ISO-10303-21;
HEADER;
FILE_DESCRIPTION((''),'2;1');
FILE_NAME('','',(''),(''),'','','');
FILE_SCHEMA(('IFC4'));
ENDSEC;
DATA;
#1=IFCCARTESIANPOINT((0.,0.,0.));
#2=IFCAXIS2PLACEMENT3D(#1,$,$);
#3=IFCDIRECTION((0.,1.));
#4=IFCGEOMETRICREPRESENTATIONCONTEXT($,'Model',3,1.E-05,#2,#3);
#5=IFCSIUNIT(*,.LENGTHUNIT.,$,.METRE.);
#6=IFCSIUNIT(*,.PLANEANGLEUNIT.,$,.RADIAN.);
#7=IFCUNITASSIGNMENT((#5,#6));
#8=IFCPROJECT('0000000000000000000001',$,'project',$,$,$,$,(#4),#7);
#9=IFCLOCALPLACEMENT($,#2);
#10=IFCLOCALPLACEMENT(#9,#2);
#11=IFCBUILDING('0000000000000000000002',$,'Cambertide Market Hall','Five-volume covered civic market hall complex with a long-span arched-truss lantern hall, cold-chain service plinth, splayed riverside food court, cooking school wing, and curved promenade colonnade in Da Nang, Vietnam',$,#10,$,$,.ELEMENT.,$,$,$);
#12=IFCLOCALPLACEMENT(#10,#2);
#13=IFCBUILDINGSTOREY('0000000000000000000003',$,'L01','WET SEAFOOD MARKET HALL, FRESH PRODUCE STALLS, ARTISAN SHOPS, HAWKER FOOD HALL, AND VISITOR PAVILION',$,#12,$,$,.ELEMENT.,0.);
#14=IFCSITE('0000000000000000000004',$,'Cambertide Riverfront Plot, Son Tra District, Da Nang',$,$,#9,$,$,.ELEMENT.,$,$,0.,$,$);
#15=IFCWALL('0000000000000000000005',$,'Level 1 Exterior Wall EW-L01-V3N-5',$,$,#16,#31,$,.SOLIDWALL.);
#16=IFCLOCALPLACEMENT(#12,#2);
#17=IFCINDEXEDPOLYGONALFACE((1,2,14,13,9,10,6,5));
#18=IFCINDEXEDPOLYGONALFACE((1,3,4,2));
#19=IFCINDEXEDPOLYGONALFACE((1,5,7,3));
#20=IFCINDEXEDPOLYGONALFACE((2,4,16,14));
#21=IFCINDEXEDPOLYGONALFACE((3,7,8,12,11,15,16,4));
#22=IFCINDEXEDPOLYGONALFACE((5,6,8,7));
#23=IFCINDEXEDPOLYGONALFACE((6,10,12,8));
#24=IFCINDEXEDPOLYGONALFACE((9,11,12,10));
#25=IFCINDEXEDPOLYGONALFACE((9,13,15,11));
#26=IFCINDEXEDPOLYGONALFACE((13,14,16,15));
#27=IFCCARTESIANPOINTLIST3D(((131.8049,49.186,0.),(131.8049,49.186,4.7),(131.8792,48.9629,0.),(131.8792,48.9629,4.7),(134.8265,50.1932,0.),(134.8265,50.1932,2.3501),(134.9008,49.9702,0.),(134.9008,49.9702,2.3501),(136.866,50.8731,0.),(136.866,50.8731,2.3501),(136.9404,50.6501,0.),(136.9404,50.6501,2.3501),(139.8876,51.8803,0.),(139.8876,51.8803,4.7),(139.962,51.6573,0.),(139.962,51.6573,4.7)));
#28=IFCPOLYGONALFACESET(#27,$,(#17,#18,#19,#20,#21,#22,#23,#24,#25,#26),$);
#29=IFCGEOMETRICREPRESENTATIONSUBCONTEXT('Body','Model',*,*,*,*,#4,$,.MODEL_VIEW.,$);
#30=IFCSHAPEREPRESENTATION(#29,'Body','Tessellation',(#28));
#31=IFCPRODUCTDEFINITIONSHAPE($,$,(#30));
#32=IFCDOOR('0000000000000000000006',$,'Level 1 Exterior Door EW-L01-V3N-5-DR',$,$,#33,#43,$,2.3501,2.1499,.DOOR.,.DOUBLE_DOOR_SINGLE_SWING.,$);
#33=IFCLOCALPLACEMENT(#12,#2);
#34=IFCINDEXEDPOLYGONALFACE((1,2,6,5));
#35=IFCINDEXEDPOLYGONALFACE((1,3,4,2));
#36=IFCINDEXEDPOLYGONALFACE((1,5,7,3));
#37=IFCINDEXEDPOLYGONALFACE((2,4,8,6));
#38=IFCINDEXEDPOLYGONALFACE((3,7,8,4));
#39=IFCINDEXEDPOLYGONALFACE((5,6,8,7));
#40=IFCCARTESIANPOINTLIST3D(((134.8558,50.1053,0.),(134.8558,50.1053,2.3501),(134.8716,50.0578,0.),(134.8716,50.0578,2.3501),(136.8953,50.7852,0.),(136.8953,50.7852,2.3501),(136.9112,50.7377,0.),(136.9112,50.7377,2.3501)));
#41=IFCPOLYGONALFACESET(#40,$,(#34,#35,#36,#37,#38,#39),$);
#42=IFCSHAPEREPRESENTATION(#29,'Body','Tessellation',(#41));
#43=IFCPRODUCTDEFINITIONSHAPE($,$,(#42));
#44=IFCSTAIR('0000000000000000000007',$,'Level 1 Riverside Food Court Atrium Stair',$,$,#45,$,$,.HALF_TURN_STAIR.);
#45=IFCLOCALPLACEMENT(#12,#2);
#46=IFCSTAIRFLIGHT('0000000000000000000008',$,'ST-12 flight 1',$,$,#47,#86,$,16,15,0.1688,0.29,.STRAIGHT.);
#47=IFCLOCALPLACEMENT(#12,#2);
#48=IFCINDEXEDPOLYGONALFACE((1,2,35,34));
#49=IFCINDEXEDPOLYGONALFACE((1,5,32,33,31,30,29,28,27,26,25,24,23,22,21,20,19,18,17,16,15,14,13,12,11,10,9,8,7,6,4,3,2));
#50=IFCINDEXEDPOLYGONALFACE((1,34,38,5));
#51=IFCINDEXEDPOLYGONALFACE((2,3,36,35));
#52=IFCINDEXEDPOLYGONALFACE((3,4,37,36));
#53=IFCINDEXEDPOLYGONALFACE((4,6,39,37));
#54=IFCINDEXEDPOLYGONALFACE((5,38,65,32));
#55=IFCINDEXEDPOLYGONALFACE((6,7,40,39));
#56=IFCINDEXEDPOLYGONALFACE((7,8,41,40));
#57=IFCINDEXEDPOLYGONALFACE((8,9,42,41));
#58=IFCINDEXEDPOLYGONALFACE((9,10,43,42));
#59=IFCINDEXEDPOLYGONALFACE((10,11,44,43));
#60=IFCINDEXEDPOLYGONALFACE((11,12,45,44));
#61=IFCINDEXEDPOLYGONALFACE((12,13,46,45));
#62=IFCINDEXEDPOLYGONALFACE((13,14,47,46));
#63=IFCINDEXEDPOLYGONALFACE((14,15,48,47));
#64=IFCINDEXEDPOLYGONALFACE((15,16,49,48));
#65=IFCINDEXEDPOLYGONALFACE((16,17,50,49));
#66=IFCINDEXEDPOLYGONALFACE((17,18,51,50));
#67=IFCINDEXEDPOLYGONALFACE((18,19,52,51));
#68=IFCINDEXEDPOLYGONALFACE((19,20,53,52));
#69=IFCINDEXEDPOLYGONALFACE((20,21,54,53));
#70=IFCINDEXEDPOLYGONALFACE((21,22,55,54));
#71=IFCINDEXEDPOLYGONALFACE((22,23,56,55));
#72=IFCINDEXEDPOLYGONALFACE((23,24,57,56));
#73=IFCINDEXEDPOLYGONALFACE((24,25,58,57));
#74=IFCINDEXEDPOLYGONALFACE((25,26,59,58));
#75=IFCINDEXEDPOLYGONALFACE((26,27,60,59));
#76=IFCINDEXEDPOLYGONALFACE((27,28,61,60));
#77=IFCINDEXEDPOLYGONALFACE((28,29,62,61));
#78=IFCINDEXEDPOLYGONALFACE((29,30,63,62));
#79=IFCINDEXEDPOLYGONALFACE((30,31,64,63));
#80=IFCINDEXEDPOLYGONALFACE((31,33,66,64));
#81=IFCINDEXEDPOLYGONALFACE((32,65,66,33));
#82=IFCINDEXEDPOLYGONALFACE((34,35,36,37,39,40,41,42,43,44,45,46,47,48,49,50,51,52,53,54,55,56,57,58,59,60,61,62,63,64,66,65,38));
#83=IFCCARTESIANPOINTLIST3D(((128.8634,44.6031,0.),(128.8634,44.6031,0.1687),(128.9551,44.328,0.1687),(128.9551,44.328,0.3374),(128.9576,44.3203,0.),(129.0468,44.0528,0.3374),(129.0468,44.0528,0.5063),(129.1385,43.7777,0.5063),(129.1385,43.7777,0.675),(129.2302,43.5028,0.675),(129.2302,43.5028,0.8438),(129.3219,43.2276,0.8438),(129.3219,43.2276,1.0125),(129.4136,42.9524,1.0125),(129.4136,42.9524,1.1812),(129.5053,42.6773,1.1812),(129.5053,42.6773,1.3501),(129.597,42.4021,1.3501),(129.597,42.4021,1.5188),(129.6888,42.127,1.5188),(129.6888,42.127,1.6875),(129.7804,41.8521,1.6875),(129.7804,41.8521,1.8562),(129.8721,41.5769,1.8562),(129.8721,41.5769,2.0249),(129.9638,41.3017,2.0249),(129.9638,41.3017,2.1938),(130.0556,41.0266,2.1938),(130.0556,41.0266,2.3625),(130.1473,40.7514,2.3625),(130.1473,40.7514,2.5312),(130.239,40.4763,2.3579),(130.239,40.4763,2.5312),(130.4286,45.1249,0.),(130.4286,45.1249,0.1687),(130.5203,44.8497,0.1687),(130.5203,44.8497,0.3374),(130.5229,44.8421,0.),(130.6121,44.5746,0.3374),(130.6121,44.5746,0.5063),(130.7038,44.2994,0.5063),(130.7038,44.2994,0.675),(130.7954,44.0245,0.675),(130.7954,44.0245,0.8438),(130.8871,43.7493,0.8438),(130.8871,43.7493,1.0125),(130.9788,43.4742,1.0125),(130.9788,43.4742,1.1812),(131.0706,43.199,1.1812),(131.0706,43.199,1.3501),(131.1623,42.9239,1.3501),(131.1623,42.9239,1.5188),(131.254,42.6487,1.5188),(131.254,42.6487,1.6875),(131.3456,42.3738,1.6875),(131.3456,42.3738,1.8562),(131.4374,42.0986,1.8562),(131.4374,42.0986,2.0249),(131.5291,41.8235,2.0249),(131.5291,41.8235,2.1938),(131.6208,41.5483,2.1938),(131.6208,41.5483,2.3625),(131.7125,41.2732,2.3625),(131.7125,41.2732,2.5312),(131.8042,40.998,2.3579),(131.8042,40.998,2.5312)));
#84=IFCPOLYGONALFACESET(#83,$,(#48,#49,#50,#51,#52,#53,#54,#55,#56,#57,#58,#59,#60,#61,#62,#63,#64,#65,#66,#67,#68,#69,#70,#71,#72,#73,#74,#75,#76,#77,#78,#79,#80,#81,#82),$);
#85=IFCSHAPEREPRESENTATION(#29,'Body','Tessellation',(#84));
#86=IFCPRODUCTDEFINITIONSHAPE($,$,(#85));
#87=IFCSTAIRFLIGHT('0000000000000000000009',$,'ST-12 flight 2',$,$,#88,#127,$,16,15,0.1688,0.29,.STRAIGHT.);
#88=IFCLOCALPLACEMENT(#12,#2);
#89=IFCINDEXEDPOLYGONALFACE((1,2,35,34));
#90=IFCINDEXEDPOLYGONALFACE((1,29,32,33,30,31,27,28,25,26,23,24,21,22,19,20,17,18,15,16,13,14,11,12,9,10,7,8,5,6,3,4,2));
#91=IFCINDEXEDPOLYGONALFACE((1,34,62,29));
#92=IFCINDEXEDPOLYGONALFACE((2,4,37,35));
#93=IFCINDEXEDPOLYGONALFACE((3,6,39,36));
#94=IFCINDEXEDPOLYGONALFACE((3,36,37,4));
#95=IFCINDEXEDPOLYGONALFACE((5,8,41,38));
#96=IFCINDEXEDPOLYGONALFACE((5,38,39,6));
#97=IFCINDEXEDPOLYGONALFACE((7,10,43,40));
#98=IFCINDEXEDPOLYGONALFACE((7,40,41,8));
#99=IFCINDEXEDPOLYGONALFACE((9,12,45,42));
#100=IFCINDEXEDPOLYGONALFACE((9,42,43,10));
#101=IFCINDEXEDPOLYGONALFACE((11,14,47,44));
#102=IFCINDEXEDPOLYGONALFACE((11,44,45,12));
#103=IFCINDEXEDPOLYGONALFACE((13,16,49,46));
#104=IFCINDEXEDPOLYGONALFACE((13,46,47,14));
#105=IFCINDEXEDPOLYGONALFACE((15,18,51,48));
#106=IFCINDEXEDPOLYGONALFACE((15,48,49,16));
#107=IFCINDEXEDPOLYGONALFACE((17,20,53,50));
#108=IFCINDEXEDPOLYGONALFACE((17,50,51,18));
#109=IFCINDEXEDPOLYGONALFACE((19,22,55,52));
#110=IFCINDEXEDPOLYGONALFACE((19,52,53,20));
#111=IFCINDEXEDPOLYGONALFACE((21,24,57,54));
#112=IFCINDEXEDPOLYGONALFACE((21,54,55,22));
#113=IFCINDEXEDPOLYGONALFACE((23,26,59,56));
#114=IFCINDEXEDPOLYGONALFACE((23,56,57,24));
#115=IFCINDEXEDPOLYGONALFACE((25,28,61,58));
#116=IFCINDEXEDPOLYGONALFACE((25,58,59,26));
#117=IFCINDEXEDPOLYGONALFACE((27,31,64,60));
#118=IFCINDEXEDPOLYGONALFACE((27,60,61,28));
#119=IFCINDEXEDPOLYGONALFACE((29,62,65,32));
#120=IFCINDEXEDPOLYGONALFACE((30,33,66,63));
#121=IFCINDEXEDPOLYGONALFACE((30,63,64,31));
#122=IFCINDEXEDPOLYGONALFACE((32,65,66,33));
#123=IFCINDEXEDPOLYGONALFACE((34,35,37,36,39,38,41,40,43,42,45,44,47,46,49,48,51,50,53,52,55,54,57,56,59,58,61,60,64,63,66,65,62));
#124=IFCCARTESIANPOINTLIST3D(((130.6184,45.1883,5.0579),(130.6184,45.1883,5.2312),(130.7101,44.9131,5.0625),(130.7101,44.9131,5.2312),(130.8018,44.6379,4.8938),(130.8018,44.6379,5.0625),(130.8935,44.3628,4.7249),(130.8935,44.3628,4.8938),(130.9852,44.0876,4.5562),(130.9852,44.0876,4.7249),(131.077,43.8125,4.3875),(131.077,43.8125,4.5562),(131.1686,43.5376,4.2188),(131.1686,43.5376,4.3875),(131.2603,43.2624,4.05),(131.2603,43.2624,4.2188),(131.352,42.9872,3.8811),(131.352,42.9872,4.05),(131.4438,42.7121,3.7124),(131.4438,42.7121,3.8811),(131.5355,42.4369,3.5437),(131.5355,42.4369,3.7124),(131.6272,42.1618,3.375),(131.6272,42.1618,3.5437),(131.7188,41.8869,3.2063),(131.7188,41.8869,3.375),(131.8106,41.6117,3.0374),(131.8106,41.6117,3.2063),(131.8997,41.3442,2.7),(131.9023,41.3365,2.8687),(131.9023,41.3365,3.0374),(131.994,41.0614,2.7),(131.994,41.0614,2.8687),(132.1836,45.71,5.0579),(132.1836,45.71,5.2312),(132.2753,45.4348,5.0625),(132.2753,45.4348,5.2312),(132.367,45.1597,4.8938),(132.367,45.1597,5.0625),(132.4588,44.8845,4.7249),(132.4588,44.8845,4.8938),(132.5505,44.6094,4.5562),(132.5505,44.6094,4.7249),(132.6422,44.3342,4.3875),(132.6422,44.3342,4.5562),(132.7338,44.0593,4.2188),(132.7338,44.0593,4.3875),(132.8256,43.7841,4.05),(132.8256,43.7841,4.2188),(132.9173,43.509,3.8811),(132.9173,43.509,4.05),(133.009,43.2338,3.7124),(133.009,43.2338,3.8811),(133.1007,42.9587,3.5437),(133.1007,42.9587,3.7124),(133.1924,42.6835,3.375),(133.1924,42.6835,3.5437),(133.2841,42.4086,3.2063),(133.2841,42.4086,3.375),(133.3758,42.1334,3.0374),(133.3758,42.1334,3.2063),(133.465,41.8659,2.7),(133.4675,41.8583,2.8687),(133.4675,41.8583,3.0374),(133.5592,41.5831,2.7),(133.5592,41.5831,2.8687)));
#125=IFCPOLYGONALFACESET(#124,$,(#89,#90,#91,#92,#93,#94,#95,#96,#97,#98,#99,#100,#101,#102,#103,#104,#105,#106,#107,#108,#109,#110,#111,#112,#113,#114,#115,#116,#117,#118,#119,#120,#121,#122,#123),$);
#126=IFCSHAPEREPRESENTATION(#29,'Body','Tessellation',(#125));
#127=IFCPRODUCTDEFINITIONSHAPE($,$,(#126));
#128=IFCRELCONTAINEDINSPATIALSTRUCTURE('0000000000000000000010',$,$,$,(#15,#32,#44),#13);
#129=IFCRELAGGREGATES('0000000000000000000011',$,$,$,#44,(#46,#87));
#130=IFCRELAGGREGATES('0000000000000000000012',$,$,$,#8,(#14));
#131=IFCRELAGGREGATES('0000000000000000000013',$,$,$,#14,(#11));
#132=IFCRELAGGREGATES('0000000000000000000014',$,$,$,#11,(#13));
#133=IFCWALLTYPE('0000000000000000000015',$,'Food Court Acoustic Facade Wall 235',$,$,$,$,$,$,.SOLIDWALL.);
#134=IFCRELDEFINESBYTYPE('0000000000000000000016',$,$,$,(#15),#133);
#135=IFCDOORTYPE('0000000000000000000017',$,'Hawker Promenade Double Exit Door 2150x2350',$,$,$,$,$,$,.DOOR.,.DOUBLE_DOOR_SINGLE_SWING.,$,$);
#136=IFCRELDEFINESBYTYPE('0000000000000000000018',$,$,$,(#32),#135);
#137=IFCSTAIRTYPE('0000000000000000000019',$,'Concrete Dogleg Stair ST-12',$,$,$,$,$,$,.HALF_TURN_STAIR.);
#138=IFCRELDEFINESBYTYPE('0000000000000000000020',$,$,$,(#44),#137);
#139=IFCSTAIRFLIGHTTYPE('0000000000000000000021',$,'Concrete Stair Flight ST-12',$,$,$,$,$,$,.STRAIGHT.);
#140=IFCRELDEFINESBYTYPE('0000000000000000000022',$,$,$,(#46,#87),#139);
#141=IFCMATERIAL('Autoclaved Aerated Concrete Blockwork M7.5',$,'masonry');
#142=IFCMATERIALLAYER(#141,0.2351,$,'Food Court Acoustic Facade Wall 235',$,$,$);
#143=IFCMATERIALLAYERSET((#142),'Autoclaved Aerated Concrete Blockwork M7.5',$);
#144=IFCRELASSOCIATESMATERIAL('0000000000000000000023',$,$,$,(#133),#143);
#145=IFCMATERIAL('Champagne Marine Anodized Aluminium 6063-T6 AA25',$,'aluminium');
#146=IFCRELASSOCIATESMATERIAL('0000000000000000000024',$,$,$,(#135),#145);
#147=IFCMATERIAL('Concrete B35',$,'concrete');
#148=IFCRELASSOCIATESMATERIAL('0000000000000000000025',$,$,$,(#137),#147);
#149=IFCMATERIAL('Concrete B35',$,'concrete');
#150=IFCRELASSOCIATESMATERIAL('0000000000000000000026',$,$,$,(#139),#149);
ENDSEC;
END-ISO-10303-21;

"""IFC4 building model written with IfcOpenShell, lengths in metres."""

from ifc_helpers import new_model, si_unit, direction, frame, frame_2d, origin, place, context, subcontext, project, spatial, polyline, rectangle, outline, extrude, material, layer, layer_set, type_object, element, fill, aggregate, save


model = new_model("IFC4")

# Units and contexts
model_context = context("Model", 3, precision=1e-05, world=origin(), true_north=direction((0.0, 1.0)))
body_context = subcontext(model_context, "Body", "Model", "MODEL_VIEW")
ifc_project = project(units=[si_unit("LENGTHUNIT", "METRE"), si_unit("PLANEANGLEUNIT", "RADIAN")], contexts=[model_context])

# Site, building, storey
site_placement = place(None, origin())
site = spatial("IfcSite", under=ifc_project, at=site_placement, Name="Cambertide Riverfront Plot, Son Tra District, Da Nang", CompositionType="ELEMENT", RefElevation=0.0)
building_placement = place(site_placement, origin())
building = spatial("IfcBuilding", under=site, at=building_placement, Name="Cambertide Market Hall", Description="Five-volume covered civic market hall complex with a long-span arched-truss lantern hall, cold-chain service plinth, splayed riverside food court, cooking school wing, and curved promenade colonnade in Da Nang, Vietnam", CompositionType="ELEMENT")
storey_placement = place(building_placement, origin())
storey = spatial("IfcBuildingStorey", under=building, at=storey_placement, Name="L01", Description="WET SEAFOOD MARKET HALL, FRESH PRODUCE STALLS, ARTISAN SHOPS, HAWKER FOOD HALL, AND VISITOR PAVILION", CompositionType="ELEMENT", Elevation=0.0)

# Wall, opening, door
ifc_material_1 = material(Name="Autoclaved Aerated Concrete Blockwork M7.5", Category="masonry")
ifc_layer_1 = layer(ifc_material_1, 0.2351, Name="Food Court Acoustic Facade Wall 235")
ifc_layer_set_1 = layer_set([ifc_layer_1], Name="Autoclaved Aerated Concrete Blockwork M7.5")
wall_type = type_object("IfcWallType", Name="Food Court Acoustic Facade Wall 235", PredefinedType="SOLIDWALL", material=ifc_layer_set_1)
wall_placement = place(storey_placement, frame((131.842, 49.0745, 0.0), z_axis=(0.0, 0.0, 1.0), x_axis=(0.94868, 0.316236, 0.0)))
wall = element("IfcWall", 1, at=wall_placement, inside=storey, type_object=wall_type, Name="Level 1 Exterior Wall EW-L01-V3N-5", PredefinedType="SOLIDWALL", context=body_context, shape_type="SweptSolid", body=[
    extrude(rectangle(XDim=8.52, YDim=0.2351, at=frame_2d((4.26, 0.0))), origin(), (0.0, 0.0, 1.0), 4.7),
])
opening_placement = place(wall_placement, frame((3.1851, 0.0, 0.0)))
opening = element("IfcOpeningElement", 2, at=opening_placement, cuts=wall, PredefinedType="OPENING", context=body_context, shape_type="SweptSolid", body=[
    extrude(rectangle(XDim=2.1499, YDim=2.3501, at=frame_2d((1.075, 1.175))), frame((0.0, 0.1274, 0.0), z_axis=(0.0, -1.0, 0.0), x_axis=(1.0, 0.0, 0.0)), (0.0, 0.0, 1.0), 0.2551),
])
ifc_material_2 = material(Name="Champagne Marine Anodized Aluminium 6063-T6 AA25", Category="aluminium")
door_type = type_object("IfcDoorType", Name="Hawker Promenade Double Exit Door 2150x2350", OperationType="DOUBLE_DOOR_SINGLE_SWING", PredefinedType="DOOR", material=ifc_material_2)
door_placement = place(opening_placement, origin())
door = element("IfcDoor", 3, at=door_placement, inside=storey, type_object=door_type, Name="Level 1 Exterior Door EW-L01-V3N-5-DR", OperationType="DOUBLE_DOOR_SINGLE_SWING", OverallHeight=2.3501, OverallWidth=2.1499, PredefinedType="DOOR", context=body_context, shape_type="SweptSolid", body=[
    extrude(rectangle(XDim=2.1499, YDim=2.3501, at=frame_2d((1.075, 1.175))), frame((0.0, 0.0249, 0.0), z_axis=(0.0, -1.0, 0.0), x_axis=(1.0, 0.0, 0.0)), (0.0, 0.0, 1.0), 0.05),
])
fill(opening, door)

# Stair, stair flights
ifc_material_3 = material(Name="Concrete B35", Category="concrete")
stair_type = type_object("IfcStairType", Name="Concrete Dogleg Stair ST-12", PredefinedType="HALF_TURN_STAIR", material=ifc_material_3)
stair_placement = place(storey_placement, origin())
stair = element("IfcStair", 4, at=stair_placement, inside=storey, type_object=stair_type, Name="Level 1 Riverside Food Court Atrium Stair", PredefinedType="HALF_TURN_STAIR")
ifc_material_4 = material(Name="Concrete B35", Category="concrete")
stair_flight_type = type_object("IfcStairFlightType", Name="Concrete Stair Flight ST-12", PredefinedType="STRAIGHT", material=ifc_material_4)
stair_flight_1_placement = place(storey_placement, frame((129.646, 44.864, 0.0), z_axis=(0.0, 0.0, 1.0), x_axis=(0.316228, -0.948683, 0.0)))
stair_flight_1 = element("IfcStairFlight", 5, at=stair_flight_1_placement, type_object=stair_flight_type, Name="ST-12 flight 1", NumberOfRisers=16, NumberOfTreads=15, PredefinedType="STRAIGHT", RiserHeight=0.1688, TreadLength=0.29, context=body_context, shape_type="SweptSolid", body=[
    extrude(outline(polyline([(0.0, 0.0), (0.0, 0.1687), (0.29, 0.1687), (0.29, 0.3374), (0.5801, 0.3374), (0.5801, 0.5063), (0.8701, 0.5063), (0.8701, 0.675), (1.1599, 0.675), (1.1599, 0.8438), (1.45, 0.8438), (1.45, 1.0125), (1.74, 1.0125), (1.74, 1.1812), (2.03, 1.1812), (2.03, 1.3501), (2.3201, 1.3501), (2.3201, 1.5188), (2.6101, 1.5188), (2.6101, 1.6875), (2.8999, 1.6875), (2.8999, 1.8562), (3.1899, 1.8562), (3.1899, 2.0249), (3.48, 2.0249), (3.48, 2.1938), (3.77, 2.1938), (3.77, 2.3625), (4.0601, 2.3625), (4.0601, 2.5312), (4.3501, 2.5312), (4.3501, 2.7), (4.3501, 2.3579), (0.2981, 0.0), (0.0, 0.0)])), frame((0.0, 0.825, 0.0), z_axis=(0.0, -1.0, 0.0), x_axis=(1.0, 0.0, 0.0)), (0.0, 0.0, 1.0), 1.6499),
])
stair_flight_2_placement = place(storey_placement, frame((132.7766, 41.3223, 2.7), z_axis=(0.0, 0.0, 1.0), x_axis=(-0.316228, 0.948683, 0.0)))
stair_flight_2 = element("IfcStairFlight", 6, at=stair_flight_2_placement, type_object=stair_flight_type, Name="ST-12 flight 2", NumberOfRisers=16, NumberOfTreads=15, PredefinedType="STRAIGHT", RiserHeight=0.1688, TreadLength=0.29, context=body_context, shape_type="SweptSolid", body=[
    extrude(outline(polyline([(0.0, 0.0), (0.0, 0.1687), (0.29, 0.1687), (0.29, 0.3374), (0.5801, 0.3374), (0.5801, 0.5063), (0.8701, 0.5063), (0.8701, 0.675), (1.1599, 0.675), (1.1599, 0.8438), (1.45, 0.8438), (1.45, 1.0125), (1.74, 1.0125), (1.74, 1.1812), (2.03, 1.1812), (2.03, 1.3501), (2.3201, 1.3501), (2.3201, 1.5188), (2.6101, 1.5188), (2.6101, 1.6875), (2.8999, 1.6875), (2.8999, 1.8562), (3.1899, 1.8562), (3.1899, 2.0249), (3.48, 2.0249), (3.48, 2.1938), (3.77, 2.1938), (3.77, 2.3625), (4.0601, 2.3625), (4.0601, 2.5312), (4.3501, 2.5312), (4.3501, 2.7), (4.3501, 2.3579), (0.2981, 0.0), (0.0, 0.0)])), frame((0.0, 0.825, 0.0), z_axis=(0.0, -1.0, 0.0), x_axis=(1.0, 0.0, 0.0)), (0.0, 0.0, 1.0), 1.6499),
])
aggregate(stair, [stair_flight_1, stair_flight_2])

save(model, "model.ifc")
